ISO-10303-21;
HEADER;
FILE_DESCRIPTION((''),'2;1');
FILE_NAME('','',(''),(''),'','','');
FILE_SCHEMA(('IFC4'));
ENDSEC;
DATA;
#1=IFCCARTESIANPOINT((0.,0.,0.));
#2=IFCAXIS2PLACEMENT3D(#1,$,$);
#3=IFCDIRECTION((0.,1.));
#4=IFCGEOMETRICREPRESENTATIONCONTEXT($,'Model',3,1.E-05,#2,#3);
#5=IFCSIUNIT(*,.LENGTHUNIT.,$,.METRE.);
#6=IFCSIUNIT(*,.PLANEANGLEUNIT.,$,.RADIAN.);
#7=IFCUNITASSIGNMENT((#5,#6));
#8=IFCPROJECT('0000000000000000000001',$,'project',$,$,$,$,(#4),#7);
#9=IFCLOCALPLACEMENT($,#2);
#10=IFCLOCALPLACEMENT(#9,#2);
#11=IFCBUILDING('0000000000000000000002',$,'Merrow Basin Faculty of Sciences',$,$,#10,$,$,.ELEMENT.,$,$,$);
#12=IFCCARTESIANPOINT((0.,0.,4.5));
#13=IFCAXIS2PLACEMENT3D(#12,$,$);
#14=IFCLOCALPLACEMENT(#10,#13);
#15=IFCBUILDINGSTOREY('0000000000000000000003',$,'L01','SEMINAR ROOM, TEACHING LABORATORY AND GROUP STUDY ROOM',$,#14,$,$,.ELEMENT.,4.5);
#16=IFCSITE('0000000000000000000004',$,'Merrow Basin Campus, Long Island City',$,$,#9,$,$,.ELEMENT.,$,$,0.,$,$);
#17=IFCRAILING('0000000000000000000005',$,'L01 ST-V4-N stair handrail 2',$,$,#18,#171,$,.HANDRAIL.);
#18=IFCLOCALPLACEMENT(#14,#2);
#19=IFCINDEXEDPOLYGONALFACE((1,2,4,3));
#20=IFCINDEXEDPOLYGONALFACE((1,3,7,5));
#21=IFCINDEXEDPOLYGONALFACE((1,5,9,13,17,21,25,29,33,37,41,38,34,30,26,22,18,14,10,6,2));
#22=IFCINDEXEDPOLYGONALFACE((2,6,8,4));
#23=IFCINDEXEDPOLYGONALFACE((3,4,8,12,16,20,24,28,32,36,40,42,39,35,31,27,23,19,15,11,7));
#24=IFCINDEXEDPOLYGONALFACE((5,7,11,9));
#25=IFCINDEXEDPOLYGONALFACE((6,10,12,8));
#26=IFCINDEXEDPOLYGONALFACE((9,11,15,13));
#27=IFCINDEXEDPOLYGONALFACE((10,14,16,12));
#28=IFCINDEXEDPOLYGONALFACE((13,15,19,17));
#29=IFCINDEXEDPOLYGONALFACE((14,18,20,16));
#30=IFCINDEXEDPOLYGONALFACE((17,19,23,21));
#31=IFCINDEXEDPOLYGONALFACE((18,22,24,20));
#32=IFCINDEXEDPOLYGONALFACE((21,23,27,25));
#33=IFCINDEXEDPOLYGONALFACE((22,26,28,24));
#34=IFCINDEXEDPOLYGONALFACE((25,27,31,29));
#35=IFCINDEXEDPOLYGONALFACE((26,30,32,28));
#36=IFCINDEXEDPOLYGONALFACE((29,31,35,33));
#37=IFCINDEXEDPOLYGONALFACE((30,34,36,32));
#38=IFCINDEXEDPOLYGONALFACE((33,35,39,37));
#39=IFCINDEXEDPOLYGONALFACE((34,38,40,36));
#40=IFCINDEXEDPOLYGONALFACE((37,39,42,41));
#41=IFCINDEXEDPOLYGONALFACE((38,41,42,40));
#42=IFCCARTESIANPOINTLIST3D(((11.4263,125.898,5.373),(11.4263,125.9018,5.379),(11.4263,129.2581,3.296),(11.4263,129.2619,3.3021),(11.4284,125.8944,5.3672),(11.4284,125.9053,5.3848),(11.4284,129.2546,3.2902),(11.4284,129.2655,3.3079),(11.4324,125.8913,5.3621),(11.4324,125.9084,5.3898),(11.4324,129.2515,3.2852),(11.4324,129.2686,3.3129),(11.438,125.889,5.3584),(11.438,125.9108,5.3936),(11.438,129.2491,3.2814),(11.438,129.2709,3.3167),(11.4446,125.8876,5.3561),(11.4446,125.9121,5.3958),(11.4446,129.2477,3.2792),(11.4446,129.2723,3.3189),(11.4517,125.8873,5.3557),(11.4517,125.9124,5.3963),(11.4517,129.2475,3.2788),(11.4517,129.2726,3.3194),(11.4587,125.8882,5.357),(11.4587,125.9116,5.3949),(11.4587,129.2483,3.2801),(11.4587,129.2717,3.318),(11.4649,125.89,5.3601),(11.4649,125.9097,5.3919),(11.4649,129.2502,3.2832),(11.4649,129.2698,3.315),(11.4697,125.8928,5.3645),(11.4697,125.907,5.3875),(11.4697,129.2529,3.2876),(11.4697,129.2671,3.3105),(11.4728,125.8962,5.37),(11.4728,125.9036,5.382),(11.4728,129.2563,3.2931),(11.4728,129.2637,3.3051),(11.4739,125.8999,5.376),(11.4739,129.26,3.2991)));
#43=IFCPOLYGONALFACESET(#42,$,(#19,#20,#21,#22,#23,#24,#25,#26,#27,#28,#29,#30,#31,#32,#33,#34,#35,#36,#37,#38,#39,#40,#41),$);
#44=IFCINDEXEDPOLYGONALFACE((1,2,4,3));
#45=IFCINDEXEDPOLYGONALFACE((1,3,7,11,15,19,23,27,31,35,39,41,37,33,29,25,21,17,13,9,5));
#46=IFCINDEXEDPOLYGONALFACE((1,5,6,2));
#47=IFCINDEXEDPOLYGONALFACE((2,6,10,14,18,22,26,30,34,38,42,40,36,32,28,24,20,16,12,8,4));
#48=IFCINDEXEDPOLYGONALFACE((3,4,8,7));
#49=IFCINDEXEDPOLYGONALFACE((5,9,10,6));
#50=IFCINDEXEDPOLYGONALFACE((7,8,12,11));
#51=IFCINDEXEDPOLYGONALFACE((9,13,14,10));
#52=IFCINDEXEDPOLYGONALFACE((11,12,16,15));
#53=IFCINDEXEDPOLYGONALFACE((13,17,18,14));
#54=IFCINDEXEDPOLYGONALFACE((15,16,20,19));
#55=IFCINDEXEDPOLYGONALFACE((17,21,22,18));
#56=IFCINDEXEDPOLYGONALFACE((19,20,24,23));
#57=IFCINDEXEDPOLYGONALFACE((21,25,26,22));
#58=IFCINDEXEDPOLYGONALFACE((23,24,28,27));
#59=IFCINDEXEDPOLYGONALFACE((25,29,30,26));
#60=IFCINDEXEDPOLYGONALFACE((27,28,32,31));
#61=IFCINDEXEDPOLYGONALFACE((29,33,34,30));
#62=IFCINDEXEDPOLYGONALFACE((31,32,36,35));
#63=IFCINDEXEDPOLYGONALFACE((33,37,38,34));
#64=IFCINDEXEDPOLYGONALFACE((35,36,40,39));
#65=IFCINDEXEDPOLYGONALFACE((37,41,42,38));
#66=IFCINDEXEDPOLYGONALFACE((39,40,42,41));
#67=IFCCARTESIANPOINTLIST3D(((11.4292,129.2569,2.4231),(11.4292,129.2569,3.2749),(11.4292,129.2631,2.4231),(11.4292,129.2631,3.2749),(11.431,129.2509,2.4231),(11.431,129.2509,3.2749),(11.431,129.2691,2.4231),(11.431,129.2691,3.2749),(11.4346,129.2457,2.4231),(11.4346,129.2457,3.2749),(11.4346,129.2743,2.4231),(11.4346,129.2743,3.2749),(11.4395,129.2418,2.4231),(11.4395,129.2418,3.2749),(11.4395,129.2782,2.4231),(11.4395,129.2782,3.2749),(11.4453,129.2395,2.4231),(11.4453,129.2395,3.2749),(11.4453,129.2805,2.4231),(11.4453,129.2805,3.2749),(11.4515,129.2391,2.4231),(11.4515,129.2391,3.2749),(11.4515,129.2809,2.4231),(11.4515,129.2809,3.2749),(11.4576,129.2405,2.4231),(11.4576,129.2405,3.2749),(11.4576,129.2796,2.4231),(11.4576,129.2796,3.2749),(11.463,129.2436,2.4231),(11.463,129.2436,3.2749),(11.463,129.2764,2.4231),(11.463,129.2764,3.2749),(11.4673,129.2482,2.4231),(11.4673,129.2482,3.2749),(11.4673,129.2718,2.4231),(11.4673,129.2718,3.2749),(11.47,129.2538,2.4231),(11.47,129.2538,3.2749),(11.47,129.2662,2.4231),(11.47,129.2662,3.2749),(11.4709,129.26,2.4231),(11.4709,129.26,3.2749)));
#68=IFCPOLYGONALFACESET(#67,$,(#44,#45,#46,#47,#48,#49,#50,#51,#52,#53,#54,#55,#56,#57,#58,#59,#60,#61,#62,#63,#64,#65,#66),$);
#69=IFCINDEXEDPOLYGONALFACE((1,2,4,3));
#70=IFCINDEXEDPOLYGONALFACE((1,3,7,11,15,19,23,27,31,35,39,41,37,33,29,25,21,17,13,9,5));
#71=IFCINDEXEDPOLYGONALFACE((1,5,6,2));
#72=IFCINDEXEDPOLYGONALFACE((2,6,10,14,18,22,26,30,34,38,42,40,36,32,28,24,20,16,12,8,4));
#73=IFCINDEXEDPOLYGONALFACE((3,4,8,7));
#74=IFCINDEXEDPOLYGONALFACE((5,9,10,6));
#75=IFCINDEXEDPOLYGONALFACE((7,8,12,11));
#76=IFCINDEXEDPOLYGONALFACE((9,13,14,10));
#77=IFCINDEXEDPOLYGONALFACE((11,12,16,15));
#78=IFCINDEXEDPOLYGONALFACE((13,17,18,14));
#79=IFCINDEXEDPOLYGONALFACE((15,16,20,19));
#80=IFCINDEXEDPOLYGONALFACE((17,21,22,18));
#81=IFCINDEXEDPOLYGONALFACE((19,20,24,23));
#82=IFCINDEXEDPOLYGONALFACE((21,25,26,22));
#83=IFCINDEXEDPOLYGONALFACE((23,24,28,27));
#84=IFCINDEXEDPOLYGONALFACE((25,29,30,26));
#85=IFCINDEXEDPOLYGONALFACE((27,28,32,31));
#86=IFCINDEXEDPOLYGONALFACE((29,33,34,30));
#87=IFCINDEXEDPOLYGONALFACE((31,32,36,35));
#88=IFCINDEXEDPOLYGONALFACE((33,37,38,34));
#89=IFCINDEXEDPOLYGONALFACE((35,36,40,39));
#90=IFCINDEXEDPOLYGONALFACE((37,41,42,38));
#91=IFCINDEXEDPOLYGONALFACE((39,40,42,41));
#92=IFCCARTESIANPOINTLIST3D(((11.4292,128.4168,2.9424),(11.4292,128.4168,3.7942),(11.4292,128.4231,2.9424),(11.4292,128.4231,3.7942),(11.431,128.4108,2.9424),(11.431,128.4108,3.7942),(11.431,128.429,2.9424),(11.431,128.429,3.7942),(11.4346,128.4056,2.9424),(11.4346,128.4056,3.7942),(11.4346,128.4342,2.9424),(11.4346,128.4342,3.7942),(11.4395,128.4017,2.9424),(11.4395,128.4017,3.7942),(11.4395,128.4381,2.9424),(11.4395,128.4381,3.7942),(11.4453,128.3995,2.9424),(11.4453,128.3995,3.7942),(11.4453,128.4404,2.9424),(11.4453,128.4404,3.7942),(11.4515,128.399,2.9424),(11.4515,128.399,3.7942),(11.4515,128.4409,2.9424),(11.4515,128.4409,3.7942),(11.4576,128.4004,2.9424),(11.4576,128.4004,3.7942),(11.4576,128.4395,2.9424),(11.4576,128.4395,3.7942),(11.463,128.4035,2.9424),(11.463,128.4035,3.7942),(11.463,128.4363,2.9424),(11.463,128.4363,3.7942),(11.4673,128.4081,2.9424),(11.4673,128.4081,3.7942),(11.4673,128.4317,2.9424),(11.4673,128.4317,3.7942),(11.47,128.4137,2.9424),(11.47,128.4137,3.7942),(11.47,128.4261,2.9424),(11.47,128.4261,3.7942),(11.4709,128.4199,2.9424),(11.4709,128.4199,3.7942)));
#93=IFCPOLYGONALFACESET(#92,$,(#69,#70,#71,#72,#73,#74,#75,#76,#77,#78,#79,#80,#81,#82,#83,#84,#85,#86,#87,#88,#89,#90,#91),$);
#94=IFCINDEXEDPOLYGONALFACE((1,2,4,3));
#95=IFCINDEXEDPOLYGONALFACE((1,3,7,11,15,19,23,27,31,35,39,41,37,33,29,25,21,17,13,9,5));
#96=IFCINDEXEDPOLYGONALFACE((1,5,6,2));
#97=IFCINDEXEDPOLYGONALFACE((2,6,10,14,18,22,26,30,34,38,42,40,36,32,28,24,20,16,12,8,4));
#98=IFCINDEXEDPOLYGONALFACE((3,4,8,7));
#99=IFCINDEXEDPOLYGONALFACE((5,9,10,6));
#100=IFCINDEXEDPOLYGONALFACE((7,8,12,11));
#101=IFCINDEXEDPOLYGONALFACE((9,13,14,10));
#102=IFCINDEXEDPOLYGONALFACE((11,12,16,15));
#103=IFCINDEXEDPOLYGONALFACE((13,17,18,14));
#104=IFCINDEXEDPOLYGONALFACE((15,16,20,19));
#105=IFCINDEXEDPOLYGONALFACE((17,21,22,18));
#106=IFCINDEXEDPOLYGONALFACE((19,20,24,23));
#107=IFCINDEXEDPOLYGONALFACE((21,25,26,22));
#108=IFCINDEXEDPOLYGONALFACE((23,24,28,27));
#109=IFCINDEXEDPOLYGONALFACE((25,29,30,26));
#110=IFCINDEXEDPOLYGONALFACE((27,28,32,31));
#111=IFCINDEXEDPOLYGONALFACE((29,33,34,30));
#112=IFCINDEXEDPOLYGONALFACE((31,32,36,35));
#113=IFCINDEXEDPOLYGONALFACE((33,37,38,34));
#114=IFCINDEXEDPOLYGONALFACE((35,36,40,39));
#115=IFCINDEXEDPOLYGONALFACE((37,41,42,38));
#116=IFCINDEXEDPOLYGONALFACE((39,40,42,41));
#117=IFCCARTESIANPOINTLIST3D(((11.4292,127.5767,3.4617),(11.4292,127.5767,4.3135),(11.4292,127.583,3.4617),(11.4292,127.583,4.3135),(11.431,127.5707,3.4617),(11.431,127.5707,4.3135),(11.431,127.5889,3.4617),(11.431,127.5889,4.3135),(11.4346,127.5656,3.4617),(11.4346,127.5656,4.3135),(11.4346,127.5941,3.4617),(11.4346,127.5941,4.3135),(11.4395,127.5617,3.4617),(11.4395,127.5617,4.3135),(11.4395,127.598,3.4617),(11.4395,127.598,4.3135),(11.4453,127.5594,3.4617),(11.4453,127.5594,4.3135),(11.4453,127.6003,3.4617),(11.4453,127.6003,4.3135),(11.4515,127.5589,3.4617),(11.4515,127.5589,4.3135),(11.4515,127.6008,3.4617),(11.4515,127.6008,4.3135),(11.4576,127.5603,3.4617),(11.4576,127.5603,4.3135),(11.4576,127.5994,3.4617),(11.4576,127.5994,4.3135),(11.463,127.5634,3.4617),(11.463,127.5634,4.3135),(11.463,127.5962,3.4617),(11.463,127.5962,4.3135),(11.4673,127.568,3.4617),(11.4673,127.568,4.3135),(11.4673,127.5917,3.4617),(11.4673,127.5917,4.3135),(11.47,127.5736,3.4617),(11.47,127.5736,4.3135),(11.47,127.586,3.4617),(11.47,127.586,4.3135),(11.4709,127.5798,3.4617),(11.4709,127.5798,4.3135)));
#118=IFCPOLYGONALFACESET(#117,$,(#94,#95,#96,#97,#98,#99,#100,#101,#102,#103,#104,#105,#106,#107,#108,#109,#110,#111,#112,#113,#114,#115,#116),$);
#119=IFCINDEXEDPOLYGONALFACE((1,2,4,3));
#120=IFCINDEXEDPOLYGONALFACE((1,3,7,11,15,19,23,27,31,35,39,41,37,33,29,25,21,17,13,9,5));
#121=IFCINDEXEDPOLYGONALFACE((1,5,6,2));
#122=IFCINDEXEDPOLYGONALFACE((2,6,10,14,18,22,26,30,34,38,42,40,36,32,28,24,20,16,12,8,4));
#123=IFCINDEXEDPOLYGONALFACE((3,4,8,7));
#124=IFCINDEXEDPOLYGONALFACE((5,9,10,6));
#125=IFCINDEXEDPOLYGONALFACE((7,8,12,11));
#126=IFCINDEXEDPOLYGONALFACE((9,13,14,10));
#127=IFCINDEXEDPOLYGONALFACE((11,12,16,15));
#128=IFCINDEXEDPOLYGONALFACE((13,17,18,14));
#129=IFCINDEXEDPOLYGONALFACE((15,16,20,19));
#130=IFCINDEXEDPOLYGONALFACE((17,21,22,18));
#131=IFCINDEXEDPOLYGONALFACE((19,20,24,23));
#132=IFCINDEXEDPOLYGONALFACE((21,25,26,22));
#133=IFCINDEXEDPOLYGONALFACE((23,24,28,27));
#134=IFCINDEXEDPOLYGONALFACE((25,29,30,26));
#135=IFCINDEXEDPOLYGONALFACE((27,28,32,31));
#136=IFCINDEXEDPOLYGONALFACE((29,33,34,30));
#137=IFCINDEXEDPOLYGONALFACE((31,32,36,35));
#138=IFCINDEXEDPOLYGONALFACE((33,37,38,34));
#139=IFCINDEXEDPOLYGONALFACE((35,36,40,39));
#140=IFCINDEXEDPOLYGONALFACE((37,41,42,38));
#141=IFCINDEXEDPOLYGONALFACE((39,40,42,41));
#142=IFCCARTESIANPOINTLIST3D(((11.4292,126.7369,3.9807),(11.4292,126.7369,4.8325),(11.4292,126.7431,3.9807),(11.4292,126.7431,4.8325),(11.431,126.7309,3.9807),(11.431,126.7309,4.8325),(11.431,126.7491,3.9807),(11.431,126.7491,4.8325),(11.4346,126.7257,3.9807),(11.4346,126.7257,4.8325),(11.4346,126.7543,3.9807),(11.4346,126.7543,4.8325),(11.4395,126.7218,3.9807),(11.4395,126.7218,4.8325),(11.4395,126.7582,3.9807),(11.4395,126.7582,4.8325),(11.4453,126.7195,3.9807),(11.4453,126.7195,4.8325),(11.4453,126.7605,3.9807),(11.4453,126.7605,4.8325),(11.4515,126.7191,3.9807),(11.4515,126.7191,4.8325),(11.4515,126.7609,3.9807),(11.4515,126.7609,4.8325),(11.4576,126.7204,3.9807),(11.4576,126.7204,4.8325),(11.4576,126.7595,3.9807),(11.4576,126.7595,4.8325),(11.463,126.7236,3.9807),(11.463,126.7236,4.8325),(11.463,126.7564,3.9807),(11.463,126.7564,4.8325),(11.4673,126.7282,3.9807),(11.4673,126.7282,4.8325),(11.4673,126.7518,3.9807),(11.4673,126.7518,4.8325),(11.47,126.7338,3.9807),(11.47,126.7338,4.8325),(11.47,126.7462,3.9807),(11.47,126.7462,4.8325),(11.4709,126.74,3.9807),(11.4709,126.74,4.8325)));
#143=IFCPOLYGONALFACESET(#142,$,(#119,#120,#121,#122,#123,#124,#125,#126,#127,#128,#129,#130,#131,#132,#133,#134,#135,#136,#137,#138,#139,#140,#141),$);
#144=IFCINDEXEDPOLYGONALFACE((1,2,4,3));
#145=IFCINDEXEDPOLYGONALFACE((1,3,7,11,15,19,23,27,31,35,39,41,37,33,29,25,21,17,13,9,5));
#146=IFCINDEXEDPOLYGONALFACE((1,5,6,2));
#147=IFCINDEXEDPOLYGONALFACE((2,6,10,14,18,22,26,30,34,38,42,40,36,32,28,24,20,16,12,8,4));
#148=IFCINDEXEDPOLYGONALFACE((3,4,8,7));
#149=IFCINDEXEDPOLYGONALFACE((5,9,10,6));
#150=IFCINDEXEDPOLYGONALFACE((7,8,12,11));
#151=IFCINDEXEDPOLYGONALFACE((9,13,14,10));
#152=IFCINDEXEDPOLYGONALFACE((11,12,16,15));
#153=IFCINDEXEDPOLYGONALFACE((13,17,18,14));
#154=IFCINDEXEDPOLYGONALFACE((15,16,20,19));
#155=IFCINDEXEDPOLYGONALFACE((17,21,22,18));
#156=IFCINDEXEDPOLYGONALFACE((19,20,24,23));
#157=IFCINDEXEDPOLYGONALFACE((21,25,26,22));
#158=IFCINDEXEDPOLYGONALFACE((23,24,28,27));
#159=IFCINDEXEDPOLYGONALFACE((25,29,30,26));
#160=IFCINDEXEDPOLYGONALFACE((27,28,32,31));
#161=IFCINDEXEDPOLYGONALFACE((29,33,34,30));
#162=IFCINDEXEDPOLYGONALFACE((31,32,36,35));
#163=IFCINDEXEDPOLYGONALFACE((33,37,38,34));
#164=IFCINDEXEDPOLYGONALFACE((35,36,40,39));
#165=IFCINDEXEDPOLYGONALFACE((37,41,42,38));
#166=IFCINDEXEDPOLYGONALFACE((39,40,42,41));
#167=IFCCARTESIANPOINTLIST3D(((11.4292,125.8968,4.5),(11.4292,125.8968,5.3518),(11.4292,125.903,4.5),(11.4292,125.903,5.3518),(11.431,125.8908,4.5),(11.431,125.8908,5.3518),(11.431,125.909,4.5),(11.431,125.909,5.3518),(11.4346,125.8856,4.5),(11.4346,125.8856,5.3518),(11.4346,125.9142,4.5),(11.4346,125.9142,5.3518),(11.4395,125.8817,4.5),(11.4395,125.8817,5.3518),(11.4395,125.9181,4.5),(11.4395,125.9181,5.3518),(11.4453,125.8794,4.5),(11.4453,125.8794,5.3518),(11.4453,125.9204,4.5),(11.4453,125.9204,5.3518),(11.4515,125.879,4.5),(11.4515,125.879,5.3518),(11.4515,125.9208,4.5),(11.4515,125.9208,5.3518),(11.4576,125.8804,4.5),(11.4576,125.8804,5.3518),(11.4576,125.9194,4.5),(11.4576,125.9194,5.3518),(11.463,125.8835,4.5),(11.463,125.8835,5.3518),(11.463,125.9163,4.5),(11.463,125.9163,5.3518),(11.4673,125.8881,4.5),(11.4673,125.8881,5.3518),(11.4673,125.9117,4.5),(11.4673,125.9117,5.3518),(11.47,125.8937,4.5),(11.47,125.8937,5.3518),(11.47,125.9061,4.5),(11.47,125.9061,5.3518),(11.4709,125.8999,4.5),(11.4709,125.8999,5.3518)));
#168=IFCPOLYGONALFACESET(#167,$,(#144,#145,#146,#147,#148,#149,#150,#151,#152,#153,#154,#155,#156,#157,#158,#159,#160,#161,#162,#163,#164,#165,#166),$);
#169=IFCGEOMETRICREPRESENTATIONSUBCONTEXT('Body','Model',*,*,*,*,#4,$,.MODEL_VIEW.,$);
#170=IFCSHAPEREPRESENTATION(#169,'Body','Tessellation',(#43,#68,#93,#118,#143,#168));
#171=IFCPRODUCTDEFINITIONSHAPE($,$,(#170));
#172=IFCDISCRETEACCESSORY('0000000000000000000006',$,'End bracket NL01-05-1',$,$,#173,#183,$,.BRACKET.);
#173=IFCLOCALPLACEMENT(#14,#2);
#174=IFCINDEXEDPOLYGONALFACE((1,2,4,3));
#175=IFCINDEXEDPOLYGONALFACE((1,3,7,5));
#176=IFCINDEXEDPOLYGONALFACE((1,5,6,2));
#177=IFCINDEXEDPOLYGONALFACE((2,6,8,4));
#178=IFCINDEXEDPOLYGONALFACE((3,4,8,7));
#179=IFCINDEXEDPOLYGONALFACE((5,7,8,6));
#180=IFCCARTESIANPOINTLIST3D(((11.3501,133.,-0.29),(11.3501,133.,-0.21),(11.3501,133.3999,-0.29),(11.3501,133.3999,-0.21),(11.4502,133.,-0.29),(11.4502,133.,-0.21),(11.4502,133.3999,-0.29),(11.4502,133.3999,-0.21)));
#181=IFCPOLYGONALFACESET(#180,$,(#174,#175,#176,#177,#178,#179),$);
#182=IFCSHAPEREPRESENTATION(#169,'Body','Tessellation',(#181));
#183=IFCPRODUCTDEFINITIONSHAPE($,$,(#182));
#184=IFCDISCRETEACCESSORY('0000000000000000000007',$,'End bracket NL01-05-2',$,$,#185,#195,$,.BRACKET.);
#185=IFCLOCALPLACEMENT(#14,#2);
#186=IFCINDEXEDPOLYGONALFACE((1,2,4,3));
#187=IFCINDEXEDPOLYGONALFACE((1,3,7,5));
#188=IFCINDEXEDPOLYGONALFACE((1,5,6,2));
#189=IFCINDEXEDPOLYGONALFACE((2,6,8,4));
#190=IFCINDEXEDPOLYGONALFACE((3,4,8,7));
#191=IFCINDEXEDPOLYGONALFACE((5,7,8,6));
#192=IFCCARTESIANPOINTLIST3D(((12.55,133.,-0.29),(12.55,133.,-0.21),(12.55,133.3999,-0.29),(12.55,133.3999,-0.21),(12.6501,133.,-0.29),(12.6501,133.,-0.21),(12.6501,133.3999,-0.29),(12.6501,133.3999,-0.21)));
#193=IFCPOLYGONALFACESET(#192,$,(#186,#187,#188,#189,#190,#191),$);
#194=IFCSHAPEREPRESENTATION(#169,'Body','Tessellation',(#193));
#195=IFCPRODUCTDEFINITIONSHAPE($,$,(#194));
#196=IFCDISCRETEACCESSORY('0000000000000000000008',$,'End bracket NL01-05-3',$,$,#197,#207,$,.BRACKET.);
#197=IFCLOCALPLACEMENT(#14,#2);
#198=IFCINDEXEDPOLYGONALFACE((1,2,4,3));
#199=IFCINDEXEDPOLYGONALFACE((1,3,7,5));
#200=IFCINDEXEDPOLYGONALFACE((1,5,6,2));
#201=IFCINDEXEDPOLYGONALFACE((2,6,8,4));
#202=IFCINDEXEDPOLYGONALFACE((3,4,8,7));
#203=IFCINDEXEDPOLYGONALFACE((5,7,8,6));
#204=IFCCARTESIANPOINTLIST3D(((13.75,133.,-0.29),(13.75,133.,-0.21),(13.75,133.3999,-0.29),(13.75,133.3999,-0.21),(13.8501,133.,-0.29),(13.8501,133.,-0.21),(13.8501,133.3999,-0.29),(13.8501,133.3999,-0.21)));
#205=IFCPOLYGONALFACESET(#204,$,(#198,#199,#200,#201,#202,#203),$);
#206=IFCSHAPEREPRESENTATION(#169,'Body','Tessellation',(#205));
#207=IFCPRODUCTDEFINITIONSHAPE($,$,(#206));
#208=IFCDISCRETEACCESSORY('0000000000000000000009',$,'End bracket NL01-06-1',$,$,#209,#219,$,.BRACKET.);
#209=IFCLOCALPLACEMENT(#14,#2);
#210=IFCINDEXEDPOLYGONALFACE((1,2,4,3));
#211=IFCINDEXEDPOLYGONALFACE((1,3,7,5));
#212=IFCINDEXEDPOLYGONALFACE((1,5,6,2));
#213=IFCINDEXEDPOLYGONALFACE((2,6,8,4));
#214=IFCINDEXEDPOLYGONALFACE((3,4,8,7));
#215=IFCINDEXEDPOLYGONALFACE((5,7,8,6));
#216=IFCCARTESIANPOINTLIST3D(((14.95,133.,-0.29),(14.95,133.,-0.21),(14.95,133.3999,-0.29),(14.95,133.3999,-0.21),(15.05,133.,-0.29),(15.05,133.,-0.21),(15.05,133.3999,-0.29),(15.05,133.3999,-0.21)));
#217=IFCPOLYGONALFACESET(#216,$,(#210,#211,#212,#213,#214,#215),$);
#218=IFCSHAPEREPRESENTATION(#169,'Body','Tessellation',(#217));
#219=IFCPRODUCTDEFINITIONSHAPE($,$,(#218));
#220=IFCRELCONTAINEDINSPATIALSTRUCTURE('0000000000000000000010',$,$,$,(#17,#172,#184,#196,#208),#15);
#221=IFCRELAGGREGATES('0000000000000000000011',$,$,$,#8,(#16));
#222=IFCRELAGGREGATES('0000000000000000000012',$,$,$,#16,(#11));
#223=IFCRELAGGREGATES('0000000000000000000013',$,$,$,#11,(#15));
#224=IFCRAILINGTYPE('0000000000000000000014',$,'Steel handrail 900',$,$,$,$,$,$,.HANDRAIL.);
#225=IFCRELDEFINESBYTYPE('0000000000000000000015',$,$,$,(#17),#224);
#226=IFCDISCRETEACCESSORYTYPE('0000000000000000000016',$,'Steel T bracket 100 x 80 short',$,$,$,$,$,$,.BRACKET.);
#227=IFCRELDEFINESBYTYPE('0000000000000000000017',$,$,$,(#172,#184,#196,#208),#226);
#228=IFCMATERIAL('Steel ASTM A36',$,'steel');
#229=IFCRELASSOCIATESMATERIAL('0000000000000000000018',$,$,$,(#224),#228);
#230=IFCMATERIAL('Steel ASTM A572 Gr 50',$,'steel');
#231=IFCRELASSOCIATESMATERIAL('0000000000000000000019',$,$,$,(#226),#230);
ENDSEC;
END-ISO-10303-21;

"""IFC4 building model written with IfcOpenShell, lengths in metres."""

from ifc_helpers import new_model, si_unit, direction, frame, origin, origin_2d, place, context, subcontext, project, spatial, polyline, circle, outline, extrude, source, transform, mapped, material, type_object, element, save


model = new_model("IFC4")

# Units and contexts
model_context = context("Model", 3, precision=1e-05, world=origin(), true_north=direction((0.0, 1.0)))
body_context = subcontext(model_context, "Body", "Model", "MODEL_VIEW")
ifc_project = project(units=[si_unit("LENGTHUNIT", "METRE"), si_unit("PLANEANGLEUNIT", "RADIAN")], contexts=[model_context])

# Site, building, storey
site_placement = place(None, origin())
site = spatial("IfcSite", under=ifc_project, at=site_placement, Name="Merrow Basin Campus, Long Island City", CompositionType="ELEMENT", RefElevation=0.0)
building_placement = place(site_placement, origin())
building = spatial("IfcBuilding", under=site, at=building_placement, Name="Merrow Basin Faculty of Sciences", CompositionType="ELEMENT")
storey_placement = place(building_placement, frame((0.0, 0.0, 4.5)))
storey = spatial("IfcBuildingStorey", under=building, at=storey_placement, Name="L01", Description="SEMINAR ROOM, TEACHING LABORATORY AND GROUP STUDY ROOM", CompositionType="ELEMENT", Elevation=4.5)

# Railing
ifc_material_1 = material(Name="Steel ASTM A36", Category="steel")
railing_type_1 = type_object("IfcRailingType", Name="Steel handrail 900", PredefinedType="HANDRAIL", material=ifc_material_1)
railing_1_placement = place(storey_placement, frame((11.45, 129.26, 2.4231)))
element("IfcRailing", 1, at=railing_1_placement, inside=storey, type_object=railing_type_1, Name="L01 ST-V4-N stair handrail 2", PredefinedType="HANDRAIL", context=body_context, shape_type="SweptSolid", body=[
    extrude(circle(Radius=0.0239, at=origin_2d()), frame((0.0, 0.0, 0.876), z_axis=(0.0, -0.850623, 0.525776), x_axis=(1.0, 0.0, 0.0)), (0.0, 0.0, 1.0), 3.9502),
    extrude(circle(Radius=0.021, at=origin_2d()), origin(), (0.0, 0.0, 1.0), 0.8518),
    extrude(circle(Radius=0.021, at=origin_2d()), frame((0.0, -0.8401, 0.5193)), (0.0, 0.0, 1.0), 0.8518),
    extrude(circle(Radius=0.021, at=origin_2d()), frame((0.0, -1.6802, 1.0386)), (0.0, 0.0, 1.0), 0.8518),
    extrude(circle(Radius=0.021, at=origin_2d()), frame((0.0, -2.52, 1.5576)), (0.0, 0.0, 1.0), 0.8518),
    extrude(circle(Radius=0.021, at=origin_2d()), frame((0.0, -3.3601, 2.0769)), (0.0, 0.0, 1.0), 0.8518),
])

# Discrete accessories
ifc_material_2 = material(Name="Steel ASTM A572 Gr 50", Category="steel")
discrete_accessory_type = type_object("IfcDiscreteAccessoryType", Name="Steel T bracket 100 x 80 short", PredefinedType="BRACKET", material=ifc_material_2)
shared_shape_1 = source(origin(), body_context, "Body", "SweptSolid", [
    extrude(outline(polyline([(0.0, 0.0), (0.1001, 0.0), (0.1001, 0.0801), (0.0, 0.0801), (0.0, 0.0)])), origin(), (0.0, 0.0, 1.0), 0.3999),
])
for number, where, z_axis, x_axis, name in (
    (2, (11.3501, 133.3999, -0.29), (0.0, -1.0, 0.0), (1.0, 0.0, 0.0), "End bracket NL01-05-1"),
    (3, (12.55, 133.3999, -0.29), (0.0, -1.0, 0.0), (1.0, 0.0, 0.0), "End bracket NL01-05-2"),
    (4, (13.75, 133.3999, -0.29), (0.0, -1.0, 0.0), (1.0, 0.0, 0.0), "End bracket NL01-05-3"),
    (5, (14.95, 133.3999, -0.29), (0.0, -1.0, 0.0), (1.0, 0.0, 0.0), "End bracket NL01-06-1"),
):
    element("IfcDiscreteAccessory", number, at=place(storey_placement, frame(where, z_axis=z_axis, x_axis=x_axis)), inside=storey, type_object=discrete_accessory_type, Name=name, PredefinedType="BRACKET", context=body_context, shape_type="MappedRepresentation", body=[
        mapped(shared_shape_1, transform((0.0, 0.0, 0.0), scale=1.0)),
    ])

save(model, "model.ifc")
